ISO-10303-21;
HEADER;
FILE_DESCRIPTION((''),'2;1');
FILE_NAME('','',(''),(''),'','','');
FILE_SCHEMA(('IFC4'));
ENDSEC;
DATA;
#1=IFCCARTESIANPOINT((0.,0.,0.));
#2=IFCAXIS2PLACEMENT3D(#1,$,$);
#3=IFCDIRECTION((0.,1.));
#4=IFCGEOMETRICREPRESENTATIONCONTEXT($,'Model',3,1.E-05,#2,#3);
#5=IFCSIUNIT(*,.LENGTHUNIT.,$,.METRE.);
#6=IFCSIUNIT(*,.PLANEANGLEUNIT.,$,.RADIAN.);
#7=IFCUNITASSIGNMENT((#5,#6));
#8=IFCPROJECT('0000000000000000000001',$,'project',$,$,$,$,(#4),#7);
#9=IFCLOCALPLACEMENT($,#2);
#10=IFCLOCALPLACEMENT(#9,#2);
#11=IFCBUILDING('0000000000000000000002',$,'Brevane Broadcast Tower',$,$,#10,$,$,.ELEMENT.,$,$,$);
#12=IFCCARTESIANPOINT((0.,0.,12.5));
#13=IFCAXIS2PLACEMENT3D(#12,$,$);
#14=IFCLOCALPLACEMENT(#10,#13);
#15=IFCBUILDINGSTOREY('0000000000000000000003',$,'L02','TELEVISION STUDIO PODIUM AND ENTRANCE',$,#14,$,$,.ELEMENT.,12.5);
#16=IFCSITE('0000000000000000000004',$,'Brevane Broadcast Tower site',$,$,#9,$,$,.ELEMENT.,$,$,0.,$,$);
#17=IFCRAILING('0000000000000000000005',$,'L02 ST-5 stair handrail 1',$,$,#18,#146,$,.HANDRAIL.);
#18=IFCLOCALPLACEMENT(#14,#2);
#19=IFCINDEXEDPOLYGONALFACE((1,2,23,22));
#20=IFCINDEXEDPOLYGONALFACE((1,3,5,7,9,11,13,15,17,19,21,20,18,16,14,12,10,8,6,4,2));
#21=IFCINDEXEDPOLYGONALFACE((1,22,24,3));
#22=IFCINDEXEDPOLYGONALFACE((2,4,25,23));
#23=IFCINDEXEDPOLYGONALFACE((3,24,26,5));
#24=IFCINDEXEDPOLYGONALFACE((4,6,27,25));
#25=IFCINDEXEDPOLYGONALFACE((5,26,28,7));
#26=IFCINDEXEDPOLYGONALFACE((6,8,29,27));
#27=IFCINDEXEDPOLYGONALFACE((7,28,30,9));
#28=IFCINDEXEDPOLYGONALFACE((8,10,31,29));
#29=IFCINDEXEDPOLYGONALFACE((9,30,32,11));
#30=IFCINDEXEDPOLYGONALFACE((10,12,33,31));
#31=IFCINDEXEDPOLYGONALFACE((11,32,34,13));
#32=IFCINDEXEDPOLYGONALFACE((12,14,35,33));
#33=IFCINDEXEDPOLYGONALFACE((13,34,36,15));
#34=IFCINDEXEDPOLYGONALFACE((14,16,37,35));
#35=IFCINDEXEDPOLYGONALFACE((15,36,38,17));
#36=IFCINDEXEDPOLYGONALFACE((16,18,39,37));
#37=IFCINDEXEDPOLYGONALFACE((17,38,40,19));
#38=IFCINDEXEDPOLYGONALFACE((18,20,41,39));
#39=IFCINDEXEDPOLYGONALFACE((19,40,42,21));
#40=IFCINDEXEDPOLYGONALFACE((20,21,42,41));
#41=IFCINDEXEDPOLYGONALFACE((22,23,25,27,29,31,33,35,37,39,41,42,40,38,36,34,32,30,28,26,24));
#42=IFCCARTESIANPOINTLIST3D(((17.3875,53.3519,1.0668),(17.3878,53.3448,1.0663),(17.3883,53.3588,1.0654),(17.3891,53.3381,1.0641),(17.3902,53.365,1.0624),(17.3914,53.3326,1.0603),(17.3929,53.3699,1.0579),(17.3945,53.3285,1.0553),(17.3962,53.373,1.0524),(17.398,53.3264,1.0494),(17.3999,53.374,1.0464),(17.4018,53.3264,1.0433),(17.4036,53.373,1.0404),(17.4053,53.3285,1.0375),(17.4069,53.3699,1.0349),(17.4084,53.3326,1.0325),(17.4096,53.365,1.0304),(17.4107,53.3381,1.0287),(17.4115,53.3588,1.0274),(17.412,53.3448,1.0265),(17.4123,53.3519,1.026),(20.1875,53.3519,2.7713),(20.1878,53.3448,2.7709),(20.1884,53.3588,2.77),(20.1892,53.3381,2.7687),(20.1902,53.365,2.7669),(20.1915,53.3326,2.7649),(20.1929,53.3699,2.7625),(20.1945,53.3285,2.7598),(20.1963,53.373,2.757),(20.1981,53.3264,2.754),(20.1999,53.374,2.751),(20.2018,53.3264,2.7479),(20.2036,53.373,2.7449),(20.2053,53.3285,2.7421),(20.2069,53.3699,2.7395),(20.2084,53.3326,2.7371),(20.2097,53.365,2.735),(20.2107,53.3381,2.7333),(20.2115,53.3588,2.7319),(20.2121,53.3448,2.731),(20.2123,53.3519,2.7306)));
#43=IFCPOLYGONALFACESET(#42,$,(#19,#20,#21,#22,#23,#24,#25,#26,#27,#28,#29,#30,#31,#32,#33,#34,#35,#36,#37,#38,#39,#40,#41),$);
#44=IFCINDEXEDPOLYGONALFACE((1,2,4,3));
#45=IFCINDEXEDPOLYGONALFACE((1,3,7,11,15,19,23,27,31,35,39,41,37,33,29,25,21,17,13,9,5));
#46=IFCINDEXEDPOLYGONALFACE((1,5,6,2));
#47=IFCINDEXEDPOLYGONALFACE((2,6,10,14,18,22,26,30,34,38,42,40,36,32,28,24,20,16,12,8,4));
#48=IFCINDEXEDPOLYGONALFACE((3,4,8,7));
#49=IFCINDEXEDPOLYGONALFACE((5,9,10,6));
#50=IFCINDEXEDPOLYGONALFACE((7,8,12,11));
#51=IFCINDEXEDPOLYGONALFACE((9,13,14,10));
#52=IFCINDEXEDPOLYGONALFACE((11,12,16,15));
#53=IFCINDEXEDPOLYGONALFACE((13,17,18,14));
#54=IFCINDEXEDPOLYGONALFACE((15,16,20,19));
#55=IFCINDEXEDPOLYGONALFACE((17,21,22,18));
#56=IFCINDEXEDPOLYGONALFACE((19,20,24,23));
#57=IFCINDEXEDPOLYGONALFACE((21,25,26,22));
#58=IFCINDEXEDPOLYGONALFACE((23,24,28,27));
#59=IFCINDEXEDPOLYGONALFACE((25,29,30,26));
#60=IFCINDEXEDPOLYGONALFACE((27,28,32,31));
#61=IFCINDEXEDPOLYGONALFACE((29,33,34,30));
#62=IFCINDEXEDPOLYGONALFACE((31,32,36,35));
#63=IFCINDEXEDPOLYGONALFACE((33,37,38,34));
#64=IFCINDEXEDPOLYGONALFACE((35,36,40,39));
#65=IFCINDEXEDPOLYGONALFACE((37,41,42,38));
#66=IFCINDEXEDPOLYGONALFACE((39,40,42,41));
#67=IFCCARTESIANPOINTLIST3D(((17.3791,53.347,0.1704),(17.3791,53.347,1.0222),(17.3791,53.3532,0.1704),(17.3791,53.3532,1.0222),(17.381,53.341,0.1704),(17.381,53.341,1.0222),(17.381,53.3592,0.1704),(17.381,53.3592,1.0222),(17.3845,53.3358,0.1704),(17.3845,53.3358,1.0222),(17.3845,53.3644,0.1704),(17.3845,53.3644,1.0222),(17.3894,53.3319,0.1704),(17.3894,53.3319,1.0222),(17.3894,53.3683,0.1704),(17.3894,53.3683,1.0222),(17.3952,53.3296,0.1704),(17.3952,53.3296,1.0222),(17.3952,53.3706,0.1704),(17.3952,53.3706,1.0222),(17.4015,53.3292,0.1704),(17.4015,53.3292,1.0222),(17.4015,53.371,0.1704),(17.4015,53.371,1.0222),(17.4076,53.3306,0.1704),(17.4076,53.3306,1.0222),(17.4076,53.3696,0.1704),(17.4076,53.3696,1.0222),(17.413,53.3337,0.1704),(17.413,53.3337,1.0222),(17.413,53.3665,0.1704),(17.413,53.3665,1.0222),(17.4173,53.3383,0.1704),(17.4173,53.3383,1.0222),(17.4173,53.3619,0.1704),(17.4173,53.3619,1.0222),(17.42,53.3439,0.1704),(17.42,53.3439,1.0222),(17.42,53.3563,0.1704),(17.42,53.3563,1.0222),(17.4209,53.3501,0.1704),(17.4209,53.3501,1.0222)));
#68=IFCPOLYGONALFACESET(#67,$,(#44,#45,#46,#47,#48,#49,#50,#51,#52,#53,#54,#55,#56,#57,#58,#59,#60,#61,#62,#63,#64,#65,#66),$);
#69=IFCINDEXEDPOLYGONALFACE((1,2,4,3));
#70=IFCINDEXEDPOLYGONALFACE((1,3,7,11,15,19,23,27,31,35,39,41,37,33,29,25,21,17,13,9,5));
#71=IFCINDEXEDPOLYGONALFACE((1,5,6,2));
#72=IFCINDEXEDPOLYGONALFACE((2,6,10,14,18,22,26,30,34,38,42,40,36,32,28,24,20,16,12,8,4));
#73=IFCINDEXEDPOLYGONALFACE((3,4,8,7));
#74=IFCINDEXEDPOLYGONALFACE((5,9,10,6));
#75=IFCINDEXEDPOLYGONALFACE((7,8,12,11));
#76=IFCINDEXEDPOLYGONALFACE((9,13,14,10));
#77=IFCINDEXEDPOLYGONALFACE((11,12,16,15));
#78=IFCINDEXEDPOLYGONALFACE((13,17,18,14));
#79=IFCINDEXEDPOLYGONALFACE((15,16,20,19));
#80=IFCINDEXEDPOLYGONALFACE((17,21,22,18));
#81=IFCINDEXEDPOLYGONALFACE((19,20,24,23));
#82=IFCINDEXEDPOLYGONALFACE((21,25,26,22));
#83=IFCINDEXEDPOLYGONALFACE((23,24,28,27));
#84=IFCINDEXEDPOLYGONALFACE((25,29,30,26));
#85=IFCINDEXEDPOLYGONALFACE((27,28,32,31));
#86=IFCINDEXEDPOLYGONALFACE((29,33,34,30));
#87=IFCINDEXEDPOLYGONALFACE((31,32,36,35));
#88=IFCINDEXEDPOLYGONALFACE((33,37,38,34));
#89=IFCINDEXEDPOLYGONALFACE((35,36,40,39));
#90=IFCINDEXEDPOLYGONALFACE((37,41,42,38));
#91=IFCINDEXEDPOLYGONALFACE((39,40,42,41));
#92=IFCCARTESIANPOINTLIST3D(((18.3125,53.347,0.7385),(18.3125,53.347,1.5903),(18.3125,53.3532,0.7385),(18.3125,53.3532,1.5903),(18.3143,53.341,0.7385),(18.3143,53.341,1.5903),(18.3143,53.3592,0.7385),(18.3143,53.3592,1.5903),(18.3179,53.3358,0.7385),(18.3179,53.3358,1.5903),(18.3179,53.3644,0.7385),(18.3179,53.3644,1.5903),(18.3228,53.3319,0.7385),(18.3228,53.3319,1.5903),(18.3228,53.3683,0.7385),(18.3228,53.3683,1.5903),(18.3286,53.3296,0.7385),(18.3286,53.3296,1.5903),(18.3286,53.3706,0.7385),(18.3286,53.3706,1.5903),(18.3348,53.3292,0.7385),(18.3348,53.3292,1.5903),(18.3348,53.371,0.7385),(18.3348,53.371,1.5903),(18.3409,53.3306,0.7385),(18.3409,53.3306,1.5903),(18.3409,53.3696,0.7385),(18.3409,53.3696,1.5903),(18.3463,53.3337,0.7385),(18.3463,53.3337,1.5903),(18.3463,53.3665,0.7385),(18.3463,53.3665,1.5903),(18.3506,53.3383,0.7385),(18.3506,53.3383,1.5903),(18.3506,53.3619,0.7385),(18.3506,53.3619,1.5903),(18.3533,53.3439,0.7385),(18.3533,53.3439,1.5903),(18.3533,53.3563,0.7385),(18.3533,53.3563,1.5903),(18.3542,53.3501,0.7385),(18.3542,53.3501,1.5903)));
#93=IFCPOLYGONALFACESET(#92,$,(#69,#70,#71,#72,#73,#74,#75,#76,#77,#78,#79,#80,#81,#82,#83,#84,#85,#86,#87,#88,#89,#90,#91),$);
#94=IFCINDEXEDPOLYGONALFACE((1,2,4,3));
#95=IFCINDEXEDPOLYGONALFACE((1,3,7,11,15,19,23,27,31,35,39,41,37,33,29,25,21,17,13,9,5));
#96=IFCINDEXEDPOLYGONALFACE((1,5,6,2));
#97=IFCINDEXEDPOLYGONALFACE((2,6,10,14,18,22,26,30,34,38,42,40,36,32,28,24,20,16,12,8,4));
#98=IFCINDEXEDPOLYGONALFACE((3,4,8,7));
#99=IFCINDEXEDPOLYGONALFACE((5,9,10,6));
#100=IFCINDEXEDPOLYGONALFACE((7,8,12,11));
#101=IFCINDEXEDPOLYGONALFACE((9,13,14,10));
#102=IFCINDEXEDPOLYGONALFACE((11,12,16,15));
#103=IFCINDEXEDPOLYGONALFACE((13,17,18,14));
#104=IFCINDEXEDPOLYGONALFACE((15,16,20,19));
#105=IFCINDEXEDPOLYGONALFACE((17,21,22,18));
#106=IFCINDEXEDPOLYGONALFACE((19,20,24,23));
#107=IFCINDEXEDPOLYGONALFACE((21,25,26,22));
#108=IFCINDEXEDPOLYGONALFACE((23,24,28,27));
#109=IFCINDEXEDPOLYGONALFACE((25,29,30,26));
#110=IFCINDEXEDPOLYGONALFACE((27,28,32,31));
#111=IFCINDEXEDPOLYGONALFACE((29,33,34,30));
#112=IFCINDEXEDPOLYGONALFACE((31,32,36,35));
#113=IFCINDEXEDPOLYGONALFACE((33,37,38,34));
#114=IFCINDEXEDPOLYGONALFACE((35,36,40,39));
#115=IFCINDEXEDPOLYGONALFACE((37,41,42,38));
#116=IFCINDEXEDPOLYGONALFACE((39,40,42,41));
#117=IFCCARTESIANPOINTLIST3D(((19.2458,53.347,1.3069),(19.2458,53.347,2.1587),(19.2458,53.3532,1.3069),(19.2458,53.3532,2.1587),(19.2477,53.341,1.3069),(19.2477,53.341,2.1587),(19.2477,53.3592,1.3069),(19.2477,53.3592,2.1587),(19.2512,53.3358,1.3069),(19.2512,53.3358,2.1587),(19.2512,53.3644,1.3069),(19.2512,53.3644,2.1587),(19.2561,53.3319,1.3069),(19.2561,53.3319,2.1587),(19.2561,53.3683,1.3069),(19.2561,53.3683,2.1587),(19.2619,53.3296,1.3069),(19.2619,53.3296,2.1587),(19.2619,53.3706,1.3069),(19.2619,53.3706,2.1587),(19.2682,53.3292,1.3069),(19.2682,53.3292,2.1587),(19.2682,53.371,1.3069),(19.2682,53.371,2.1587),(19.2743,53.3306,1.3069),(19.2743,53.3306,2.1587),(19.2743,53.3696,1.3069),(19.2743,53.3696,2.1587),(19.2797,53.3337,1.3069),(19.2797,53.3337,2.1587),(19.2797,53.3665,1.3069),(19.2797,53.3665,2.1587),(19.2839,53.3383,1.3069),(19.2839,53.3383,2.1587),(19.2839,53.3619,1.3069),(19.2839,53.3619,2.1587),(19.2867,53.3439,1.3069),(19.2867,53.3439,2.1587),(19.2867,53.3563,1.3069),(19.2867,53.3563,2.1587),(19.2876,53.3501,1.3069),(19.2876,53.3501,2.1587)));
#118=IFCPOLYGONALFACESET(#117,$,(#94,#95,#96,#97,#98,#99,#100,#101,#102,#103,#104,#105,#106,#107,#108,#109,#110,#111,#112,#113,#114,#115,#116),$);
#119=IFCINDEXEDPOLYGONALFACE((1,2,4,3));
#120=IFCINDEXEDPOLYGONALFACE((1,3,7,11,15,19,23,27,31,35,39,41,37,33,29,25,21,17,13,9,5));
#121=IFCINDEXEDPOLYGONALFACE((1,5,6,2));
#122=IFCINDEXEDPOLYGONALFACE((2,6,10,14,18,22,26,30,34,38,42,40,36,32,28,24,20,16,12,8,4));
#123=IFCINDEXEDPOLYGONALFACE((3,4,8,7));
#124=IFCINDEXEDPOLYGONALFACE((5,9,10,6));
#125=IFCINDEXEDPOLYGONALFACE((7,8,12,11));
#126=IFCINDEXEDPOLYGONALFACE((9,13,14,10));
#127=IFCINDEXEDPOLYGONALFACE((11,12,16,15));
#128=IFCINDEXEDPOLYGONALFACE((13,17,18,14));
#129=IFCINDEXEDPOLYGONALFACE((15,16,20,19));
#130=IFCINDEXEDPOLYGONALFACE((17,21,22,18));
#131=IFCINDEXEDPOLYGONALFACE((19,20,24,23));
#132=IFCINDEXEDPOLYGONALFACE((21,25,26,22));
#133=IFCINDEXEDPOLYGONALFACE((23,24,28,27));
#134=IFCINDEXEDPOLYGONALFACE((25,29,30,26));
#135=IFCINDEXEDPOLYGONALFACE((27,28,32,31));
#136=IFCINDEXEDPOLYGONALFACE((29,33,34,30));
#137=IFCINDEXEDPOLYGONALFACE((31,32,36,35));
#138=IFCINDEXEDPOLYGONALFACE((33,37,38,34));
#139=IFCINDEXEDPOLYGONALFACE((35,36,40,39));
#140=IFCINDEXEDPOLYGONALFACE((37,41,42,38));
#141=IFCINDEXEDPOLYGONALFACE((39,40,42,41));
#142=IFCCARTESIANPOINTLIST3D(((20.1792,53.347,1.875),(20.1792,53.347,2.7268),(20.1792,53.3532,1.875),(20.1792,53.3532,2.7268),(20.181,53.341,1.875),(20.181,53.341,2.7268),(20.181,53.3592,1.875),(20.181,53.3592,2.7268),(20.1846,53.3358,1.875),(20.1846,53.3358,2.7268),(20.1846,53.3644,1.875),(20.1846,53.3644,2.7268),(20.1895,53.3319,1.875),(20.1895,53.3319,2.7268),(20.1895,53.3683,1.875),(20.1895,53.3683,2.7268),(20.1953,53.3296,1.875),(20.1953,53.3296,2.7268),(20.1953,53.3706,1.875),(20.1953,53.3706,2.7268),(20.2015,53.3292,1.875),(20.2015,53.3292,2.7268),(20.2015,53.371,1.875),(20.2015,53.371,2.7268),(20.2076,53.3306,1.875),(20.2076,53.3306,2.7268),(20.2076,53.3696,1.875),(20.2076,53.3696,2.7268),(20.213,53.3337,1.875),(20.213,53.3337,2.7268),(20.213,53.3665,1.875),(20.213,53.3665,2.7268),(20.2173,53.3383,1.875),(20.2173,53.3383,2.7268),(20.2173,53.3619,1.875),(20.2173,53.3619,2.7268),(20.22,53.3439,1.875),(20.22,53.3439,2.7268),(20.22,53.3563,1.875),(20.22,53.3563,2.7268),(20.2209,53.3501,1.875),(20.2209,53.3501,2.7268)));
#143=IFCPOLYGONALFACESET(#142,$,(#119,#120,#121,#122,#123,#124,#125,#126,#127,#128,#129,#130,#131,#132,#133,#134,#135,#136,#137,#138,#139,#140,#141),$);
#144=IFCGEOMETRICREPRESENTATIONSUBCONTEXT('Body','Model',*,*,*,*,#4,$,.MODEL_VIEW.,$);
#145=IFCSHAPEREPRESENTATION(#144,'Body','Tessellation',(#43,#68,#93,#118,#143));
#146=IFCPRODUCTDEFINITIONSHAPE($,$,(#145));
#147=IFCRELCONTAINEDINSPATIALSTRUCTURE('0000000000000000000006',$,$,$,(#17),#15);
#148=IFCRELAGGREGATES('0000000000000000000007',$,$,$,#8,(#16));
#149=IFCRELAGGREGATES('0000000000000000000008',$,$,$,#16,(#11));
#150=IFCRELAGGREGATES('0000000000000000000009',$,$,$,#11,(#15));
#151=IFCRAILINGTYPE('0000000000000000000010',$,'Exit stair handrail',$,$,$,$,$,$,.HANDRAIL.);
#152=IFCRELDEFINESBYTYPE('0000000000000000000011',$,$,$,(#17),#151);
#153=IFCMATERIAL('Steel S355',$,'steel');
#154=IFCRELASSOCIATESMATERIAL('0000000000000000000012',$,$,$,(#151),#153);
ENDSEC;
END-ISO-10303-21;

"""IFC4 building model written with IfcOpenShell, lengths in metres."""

from ifc_helpers import new_model, si_unit, direction, frame, origin, origin_2d, place, context, subcontext, project, spatial, circle, extrude, material, type_object, element, save


model = new_model("IFC4")

# Units and contexts
model_context = context("Model", 3, precision=1e-05, world=origin(), true_north=direction((0.0, 1.0)))
body_context = subcontext(model_context, "Body", "Model", "MODEL_VIEW")
ifc_project = project(units=[si_unit("LENGTHUNIT", "METRE"), si_unit("PLANEANGLEUNIT", "RADIAN")], contexts=[model_context])

# Site, building, storey
site_placement = place(None, origin())
site = spatial("IfcSite", under=ifc_project, at=site_placement, Name="Brevane Broadcast Tower site", CompositionType="ELEMENT", RefElevation=0.0)
building_placement = place(site_placement, origin())
building = spatial("IfcBuilding", under=site, at=building_placement, Name="Brevane Broadcast Tower", CompositionType="ELEMENT")
storey_placement = place(building_placement, frame((0.0, 0.0, 12.5)))
storey = spatial("IfcBuildingStorey", under=building, at=storey_placement, Name="L02", Description="TELEVISION STUDIO PODIUM AND ENTRANCE", CompositionType="ELEMENT", Elevation=12.5)

# Railing
ifc_material_1 = material(Name="Steel S355", Category="steel")
railing_type_1 = type_object("IfcRailingType", Name="Exit stair handrail", PredefinedType="HANDRAIL", material=ifc_material_1)
railing_1_placement = place(storey_placement, frame((17.3999, 53.3501, 0.1704)))
element("IfcRailing", 1, at=railing_1_placement, inside=storey, type_object=railing_type_1, Name="L02 ST-5 stair handrail 1", PredefinedType="HANDRAIL", context=body_context, shape_type="SweptSolid", body=[
    extrude(circle(Radius=0.0239, at=origin_2d()), frame((0.0, 0.0, 0.876), z_axis=(0.85417, 0.0, 0.519994), x_axis=(0.0, 1.0, 0.0)), (0.0, 0.0, 1.0), 3.2781),
    extrude(circle(Radius=0.021, at=origin_2d()), origin(), (0.0, 0.0, 1.0), 0.8518),
    extrude(circle(Radius=0.021, at=origin_2d()), frame((0.9333, 0.0, 0.5681)), (0.0, 0.0, 1.0), 0.8518),
    extrude(circle(Radius=0.021, at=origin_2d()), frame((1.8667, 0.0, 1.1365)), (0.0, 0.0, 1.0), 0.8518),
    extrude(circle(Radius=0.021, at=origin_2d()), frame((2.8, 0.0, 1.7046)), (0.0, 0.0, 1.0), 0.8518),
])

save(model, "model.ifc")
